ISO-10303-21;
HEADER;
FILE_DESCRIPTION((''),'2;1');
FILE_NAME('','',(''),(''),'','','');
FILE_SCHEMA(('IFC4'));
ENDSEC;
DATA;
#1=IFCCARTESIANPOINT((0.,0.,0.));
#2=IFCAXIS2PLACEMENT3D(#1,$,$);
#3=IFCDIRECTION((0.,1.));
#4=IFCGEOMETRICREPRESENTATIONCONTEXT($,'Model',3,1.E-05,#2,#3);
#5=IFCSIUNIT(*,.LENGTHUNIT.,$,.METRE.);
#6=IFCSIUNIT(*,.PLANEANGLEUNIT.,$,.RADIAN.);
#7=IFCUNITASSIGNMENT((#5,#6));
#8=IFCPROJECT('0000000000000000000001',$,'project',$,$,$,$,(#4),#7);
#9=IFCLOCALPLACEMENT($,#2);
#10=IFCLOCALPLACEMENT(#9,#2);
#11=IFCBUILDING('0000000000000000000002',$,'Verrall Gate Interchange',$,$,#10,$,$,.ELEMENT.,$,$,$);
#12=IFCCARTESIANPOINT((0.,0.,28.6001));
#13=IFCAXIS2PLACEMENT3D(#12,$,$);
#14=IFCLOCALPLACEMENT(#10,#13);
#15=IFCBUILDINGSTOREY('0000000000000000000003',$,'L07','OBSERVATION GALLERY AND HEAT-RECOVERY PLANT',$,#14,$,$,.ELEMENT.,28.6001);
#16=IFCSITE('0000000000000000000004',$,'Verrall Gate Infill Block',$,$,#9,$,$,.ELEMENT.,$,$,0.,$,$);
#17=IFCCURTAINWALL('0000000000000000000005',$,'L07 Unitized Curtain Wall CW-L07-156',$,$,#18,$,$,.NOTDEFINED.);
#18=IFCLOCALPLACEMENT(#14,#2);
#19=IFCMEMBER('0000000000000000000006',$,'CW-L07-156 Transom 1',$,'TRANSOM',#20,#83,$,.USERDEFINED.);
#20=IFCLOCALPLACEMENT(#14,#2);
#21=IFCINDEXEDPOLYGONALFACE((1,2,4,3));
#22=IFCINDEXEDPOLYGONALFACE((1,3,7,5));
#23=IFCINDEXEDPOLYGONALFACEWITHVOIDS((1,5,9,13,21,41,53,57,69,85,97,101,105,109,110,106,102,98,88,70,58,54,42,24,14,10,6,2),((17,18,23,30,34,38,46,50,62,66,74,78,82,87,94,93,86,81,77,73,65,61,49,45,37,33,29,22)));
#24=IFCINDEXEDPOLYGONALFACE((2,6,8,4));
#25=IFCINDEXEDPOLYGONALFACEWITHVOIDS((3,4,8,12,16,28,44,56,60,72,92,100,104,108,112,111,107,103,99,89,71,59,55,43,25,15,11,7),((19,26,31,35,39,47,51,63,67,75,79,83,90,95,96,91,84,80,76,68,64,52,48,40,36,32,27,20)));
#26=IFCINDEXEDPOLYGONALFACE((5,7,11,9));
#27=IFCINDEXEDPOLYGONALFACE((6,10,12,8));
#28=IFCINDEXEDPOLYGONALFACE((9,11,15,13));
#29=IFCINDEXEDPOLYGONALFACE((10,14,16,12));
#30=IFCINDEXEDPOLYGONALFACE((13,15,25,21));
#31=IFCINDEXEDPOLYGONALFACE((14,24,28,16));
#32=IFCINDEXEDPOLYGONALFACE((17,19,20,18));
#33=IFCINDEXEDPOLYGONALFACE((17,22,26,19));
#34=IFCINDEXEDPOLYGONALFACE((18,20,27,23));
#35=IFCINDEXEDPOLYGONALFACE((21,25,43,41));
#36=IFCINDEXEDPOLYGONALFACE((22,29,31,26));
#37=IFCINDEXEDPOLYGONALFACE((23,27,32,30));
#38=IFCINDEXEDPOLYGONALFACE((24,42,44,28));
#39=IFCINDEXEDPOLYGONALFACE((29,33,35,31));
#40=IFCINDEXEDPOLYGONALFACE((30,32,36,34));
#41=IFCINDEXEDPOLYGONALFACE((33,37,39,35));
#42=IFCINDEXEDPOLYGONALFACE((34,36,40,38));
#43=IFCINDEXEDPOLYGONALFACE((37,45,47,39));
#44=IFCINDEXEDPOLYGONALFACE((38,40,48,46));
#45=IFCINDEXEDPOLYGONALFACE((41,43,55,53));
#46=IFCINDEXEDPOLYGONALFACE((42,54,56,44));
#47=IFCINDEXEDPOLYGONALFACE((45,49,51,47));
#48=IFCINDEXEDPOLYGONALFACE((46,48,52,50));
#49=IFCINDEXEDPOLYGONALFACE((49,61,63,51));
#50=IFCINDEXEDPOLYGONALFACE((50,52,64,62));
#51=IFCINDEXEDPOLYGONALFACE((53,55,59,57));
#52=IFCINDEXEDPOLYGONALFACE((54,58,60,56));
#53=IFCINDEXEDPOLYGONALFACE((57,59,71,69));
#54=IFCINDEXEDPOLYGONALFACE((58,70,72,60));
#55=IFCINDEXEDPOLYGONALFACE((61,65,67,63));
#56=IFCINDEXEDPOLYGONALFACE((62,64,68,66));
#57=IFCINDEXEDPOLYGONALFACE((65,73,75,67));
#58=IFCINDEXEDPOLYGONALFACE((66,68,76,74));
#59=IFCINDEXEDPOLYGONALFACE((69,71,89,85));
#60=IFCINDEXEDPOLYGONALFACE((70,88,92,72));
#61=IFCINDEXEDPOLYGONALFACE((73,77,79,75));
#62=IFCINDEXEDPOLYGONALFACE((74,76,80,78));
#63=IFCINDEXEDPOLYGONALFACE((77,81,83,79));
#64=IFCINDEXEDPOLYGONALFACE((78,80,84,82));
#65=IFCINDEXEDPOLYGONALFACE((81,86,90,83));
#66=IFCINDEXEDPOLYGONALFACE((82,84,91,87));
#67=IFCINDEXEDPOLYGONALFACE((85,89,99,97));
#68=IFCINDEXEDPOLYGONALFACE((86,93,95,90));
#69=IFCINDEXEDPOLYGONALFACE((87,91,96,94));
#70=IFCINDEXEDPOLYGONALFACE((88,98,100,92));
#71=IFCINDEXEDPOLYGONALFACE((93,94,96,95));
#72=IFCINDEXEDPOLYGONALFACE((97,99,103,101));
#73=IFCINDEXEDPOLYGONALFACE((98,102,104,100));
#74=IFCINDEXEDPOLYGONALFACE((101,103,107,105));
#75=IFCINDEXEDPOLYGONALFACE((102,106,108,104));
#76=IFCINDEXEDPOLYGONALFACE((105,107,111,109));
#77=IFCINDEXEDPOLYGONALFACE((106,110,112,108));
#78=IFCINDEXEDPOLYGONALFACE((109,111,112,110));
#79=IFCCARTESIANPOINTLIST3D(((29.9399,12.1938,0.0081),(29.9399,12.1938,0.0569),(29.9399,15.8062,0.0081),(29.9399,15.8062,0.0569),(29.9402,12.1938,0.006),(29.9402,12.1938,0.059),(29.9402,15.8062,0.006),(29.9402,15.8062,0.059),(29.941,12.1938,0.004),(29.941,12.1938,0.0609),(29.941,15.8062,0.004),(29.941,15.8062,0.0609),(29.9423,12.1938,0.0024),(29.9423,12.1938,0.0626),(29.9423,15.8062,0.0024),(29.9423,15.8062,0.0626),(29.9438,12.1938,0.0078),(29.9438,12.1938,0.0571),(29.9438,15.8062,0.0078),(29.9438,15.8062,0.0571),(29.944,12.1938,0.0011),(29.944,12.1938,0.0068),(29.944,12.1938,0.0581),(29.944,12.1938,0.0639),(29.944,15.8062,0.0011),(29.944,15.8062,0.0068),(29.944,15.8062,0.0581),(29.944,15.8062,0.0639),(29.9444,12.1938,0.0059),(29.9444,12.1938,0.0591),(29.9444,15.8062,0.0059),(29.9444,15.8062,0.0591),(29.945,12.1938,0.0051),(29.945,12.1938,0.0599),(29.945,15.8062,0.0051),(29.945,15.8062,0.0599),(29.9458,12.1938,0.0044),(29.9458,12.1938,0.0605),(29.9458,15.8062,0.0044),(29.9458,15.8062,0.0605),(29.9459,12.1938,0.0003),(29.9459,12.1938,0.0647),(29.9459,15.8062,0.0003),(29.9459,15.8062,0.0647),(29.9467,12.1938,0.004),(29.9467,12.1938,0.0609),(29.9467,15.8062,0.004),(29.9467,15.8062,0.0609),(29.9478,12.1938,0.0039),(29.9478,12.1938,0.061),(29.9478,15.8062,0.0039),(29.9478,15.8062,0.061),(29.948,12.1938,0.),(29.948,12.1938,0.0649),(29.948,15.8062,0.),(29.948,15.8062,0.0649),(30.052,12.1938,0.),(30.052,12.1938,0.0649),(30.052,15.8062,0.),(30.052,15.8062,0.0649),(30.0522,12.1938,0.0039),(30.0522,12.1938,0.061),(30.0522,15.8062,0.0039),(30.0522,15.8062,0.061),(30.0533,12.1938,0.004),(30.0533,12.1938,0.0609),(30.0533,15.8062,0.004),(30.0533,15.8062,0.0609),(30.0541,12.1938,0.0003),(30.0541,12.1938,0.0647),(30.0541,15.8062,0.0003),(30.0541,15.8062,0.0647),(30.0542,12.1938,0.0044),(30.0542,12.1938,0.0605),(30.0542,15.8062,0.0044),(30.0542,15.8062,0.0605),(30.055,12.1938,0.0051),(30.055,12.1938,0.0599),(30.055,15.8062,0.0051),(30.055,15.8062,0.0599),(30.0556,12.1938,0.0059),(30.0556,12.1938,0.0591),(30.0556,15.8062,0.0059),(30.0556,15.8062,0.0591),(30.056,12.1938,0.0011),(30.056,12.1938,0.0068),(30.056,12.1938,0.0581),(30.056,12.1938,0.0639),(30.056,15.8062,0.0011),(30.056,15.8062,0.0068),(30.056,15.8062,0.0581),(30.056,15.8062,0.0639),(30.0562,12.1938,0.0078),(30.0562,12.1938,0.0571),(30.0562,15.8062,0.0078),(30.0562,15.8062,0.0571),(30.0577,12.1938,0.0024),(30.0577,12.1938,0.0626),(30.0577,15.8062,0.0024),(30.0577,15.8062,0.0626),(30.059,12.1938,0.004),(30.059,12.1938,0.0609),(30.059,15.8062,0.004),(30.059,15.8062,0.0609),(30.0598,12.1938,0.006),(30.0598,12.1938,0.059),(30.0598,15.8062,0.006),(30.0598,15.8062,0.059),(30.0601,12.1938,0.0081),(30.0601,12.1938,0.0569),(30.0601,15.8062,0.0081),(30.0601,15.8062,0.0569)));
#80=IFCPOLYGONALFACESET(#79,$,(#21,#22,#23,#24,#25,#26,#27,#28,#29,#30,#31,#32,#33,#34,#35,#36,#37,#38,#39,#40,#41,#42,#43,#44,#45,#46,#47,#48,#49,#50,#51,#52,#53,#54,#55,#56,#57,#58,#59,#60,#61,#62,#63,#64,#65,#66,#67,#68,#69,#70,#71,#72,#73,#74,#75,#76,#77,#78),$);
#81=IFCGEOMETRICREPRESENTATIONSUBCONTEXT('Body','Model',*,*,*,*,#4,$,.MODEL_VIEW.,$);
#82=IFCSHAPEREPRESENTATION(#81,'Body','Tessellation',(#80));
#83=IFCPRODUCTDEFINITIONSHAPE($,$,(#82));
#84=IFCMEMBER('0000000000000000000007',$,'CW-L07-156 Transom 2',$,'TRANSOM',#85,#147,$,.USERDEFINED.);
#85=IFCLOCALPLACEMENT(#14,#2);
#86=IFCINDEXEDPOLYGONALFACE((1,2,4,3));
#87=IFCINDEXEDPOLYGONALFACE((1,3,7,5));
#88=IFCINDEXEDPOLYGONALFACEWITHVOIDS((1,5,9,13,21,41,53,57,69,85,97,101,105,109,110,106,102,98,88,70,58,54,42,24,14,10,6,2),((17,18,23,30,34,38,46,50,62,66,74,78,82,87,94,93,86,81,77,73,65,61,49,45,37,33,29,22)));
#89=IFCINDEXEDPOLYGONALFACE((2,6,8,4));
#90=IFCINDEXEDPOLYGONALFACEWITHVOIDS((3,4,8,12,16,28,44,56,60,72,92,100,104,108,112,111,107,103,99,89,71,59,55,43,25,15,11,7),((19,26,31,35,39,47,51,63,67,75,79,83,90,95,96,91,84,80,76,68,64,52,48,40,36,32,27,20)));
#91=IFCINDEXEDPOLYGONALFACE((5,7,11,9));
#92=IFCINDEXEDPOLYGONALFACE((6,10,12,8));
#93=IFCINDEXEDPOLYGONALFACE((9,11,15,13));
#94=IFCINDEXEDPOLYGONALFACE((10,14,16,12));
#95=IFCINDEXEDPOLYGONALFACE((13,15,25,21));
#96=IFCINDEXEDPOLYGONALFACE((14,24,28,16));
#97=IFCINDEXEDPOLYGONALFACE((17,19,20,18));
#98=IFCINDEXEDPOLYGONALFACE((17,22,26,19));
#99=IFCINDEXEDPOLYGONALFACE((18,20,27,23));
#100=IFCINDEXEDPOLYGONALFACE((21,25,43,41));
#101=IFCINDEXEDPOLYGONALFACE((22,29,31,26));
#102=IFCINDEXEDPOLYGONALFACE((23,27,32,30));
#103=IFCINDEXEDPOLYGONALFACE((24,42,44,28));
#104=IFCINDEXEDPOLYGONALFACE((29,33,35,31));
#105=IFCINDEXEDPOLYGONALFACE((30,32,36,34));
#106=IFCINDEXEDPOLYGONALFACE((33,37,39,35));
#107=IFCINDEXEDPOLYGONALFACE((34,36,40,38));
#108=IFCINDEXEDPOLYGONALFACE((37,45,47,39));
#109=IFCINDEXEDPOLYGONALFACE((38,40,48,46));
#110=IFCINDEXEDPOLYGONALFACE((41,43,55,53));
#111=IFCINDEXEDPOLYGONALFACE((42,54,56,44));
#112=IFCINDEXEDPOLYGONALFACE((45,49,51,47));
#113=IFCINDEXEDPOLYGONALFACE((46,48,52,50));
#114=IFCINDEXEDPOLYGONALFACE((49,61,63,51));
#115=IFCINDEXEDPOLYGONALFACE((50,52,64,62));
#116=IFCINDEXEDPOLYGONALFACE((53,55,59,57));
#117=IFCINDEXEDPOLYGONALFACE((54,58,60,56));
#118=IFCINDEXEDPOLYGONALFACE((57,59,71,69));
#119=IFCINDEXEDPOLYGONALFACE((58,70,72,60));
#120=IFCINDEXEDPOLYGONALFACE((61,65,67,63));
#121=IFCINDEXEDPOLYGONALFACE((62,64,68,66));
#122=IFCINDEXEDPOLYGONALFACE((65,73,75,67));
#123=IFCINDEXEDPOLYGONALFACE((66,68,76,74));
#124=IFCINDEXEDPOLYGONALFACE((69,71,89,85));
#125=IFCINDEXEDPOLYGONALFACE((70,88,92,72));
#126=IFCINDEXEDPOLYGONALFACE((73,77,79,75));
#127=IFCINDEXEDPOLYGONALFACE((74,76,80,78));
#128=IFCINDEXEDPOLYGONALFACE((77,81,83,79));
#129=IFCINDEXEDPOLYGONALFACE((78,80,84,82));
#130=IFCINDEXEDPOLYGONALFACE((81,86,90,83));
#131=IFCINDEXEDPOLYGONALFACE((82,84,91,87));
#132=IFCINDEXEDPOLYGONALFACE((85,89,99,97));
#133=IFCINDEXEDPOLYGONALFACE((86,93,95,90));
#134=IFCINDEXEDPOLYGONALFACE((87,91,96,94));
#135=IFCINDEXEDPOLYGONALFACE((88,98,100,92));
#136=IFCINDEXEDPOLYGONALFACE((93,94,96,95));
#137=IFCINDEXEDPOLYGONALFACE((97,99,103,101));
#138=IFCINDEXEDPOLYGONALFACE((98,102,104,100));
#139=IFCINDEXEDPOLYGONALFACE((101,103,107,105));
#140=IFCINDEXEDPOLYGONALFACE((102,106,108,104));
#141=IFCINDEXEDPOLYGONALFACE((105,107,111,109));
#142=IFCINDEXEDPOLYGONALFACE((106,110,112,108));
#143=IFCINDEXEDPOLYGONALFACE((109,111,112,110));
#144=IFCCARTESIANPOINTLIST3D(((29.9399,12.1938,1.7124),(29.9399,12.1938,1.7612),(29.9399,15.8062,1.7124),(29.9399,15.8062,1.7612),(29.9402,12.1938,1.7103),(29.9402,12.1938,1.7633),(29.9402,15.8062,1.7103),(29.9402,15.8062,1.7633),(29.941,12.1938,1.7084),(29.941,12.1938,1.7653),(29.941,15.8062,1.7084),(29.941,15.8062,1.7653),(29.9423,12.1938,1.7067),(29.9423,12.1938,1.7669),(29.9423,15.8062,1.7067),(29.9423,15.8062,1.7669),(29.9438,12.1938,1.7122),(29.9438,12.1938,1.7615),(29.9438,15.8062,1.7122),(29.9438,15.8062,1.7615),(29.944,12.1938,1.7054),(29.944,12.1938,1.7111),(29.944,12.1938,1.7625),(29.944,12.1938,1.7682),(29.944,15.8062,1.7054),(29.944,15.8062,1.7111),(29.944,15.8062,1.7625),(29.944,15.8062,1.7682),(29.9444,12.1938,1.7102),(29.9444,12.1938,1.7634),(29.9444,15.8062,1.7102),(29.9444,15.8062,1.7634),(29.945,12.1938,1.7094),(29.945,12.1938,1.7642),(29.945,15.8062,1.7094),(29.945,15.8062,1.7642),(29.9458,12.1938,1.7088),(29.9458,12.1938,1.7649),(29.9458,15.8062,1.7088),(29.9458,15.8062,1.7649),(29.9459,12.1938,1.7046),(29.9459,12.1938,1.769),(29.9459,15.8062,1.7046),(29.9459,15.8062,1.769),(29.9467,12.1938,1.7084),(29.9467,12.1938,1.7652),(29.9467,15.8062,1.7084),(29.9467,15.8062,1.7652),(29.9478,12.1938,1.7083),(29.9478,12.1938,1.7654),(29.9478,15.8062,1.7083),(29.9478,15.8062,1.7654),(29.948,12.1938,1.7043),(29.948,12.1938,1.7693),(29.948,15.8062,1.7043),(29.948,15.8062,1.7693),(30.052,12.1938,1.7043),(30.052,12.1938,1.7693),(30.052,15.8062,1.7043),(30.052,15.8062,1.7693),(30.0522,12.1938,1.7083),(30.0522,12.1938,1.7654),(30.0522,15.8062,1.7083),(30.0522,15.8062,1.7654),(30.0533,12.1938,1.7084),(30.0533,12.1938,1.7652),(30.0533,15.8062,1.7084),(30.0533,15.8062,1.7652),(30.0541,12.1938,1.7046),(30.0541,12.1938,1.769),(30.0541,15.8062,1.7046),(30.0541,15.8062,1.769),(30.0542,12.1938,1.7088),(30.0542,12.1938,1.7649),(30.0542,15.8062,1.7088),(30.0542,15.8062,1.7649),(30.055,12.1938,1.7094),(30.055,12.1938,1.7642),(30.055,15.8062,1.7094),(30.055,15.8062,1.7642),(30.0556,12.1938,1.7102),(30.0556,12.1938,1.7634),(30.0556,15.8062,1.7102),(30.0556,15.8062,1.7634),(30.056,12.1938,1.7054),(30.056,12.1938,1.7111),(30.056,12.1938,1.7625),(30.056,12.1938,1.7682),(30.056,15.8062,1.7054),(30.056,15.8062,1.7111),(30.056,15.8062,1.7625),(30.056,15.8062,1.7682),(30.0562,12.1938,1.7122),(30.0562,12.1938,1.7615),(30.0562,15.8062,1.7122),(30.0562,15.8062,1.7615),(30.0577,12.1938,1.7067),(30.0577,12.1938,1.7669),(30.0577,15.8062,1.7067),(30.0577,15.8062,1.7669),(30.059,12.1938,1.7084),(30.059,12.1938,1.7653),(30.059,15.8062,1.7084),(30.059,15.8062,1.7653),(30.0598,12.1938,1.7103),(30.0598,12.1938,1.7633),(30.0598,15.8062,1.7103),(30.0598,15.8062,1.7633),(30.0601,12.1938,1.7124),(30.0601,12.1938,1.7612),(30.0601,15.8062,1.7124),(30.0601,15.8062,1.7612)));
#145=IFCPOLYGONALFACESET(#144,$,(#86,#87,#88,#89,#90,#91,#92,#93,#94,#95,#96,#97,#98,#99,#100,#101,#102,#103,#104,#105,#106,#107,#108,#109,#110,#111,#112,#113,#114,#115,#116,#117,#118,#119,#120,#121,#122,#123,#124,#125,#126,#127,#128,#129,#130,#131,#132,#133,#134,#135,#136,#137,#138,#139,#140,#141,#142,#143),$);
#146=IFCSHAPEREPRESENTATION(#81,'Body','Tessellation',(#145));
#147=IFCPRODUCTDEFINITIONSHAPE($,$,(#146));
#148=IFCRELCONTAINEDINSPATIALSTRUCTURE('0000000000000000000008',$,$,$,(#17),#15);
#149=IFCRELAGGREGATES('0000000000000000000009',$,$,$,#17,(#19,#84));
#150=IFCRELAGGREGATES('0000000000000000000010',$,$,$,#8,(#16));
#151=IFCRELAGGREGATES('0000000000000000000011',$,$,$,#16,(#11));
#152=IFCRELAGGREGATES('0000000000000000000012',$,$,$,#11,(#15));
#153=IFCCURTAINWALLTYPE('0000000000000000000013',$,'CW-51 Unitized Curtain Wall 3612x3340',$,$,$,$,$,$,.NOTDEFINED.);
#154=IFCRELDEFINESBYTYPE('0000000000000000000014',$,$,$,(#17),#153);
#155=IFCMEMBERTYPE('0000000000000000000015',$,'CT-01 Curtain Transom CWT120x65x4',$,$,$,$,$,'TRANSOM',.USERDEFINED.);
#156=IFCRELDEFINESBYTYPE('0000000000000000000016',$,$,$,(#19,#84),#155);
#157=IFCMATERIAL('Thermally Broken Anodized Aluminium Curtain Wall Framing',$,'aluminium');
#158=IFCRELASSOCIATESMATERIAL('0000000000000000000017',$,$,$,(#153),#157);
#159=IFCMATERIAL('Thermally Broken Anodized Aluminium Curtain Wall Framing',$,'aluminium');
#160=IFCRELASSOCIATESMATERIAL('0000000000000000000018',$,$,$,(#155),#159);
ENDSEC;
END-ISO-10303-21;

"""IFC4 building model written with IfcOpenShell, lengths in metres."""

from ifc_helpers import new_model, si_unit, direction, frame, origin, origin_2d, place, context, subcontext, project, spatial, hollow_rectangle, extrude, material, material_profile, profile_set, type_object, element, aggregate, save


model = new_model("IFC4")

# Units and contexts
model_context = context("Model", 3, precision=1e-05, world=origin(), true_north=direction((0.0, 1.0)))
body_context = subcontext(model_context, "Body", "Model", "MODEL_VIEW")
ifc_project = project(units=[si_unit("LENGTHUNIT", "METRE"), si_unit("PLANEANGLEUNIT", "RADIAN")], contexts=[model_context])

# Site, building, storey
site_placement = place(None, origin())
site = spatial("IfcSite", under=ifc_project, at=site_placement, Name="Verrall Gate Infill Block", CompositionType="ELEMENT", RefElevation=0.0)
building_placement = place(site_placement, origin())
building = spatial("IfcBuilding", under=site, at=building_placement, Name="Verrall Gate Interchange", CompositionType="ELEMENT")
storey_placement = place(building_placement, frame((0.0, 0.0, 28.6001)))
storey = spatial("IfcBuildingStorey", under=building, at=storey_placement, Name="L07", Description="OBSERVATION GALLERY AND HEAT-RECOVERY PLANT", CompositionType="ELEMENT", Elevation=28.6001)

# Curtain wall
ifc_material_1 = material(Name="Thermally Broken Anodized Aluminium Curtain Wall Framing", Category="aluminium")
curtain_wall_type_1 = type_object("IfcCurtainWallType", Name="CW-51 Unitized Curtain Wall 3612x3340", PredefinedType="NOTDEFINED", material=ifc_material_1)
curtain_wall_1_placement = place(storey_placement, origin())
curtain_wall_1 = element("IfcCurtainWall", 1, at=curtain_wall_1_placement, inside=storey, type_object=curtain_wall_type_1, Name="L07 Unitized Curtain Wall CW-L07-156", PredefinedType="NOTDEFINED")

# Members
ifc_material_2 = material(Name="Thermally Broken Anodized Aluminium Curtain Wall Framing", Category="aluminium")
ifc_material_profile_1 = material_profile(ifc_material_2, hollow_rectangle(XDim=0.1201, YDim=0.0649, WallThickness=0.0039, InnerFilletRadius=0.0039, OuterFilletRadius=0.0081, at=origin_2d()), Name="CWT120x65x4")
ifc_profile_set_1 = profile_set([ifc_material_profile_1], Name="Thermally Broken Anodized Aluminium Curtain Wall Framing")
member_type_1 = type_object("IfcMemberType", Name="CT-01 Curtain Transom CWT120x65x4", ElementType="TRANSOM", PredefinedType="USERDEFINED", material=ifc_profile_set_1)
member_1_placement = place(storey_placement, frame((30.0, 12.1938, 0.0325), z_axis=(0.0, 1.0, 0.0), x_axis=(-1.0, 0.0, 0.0)))
member_1 = element("IfcMember", 2, at=member_1_placement, type_object=member_type_1, Name="CW-L07-156 Transom 1", ObjectType="TRANSOM", PredefinedType="USERDEFINED", context=body_context, shape_type="SweptSolid", body=[
    extrude(hollow_rectangle(XDim=0.1201, YDim=0.0649, WallThickness=0.0039, InnerFilletRadius=0.0039, OuterFilletRadius=0.0081, at=origin_2d()), origin(), (0.0, 0.0, 1.0), 3.6123),
])
member_2_placement = place(storey_placement, frame((30.0, 12.1938, 1.7368), z_axis=(0.0, 1.0, 0.0), x_axis=(-1.0, 0.0, 0.0)))
member_2 = element("IfcMember", 3, at=member_2_placement, type_object=member_type_1, Name="CW-L07-156 Transom 2", ObjectType="TRANSOM", PredefinedType="USERDEFINED", context=body_context, shape_type="SweptSolid", body=[
    extrude(hollow_rectangle(XDim=0.1201, YDim=0.0649, WallThickness=0.0039, InnerFilletRadius=0.0039, OuterFilletRadius=0.0081, at=origin_2d()), origin(), (0.0, 0.0, 1.0), 3.6123),
])

aggregate(curtain_wall_1, [member_1, member_2])

save(model, "model.ifc")
